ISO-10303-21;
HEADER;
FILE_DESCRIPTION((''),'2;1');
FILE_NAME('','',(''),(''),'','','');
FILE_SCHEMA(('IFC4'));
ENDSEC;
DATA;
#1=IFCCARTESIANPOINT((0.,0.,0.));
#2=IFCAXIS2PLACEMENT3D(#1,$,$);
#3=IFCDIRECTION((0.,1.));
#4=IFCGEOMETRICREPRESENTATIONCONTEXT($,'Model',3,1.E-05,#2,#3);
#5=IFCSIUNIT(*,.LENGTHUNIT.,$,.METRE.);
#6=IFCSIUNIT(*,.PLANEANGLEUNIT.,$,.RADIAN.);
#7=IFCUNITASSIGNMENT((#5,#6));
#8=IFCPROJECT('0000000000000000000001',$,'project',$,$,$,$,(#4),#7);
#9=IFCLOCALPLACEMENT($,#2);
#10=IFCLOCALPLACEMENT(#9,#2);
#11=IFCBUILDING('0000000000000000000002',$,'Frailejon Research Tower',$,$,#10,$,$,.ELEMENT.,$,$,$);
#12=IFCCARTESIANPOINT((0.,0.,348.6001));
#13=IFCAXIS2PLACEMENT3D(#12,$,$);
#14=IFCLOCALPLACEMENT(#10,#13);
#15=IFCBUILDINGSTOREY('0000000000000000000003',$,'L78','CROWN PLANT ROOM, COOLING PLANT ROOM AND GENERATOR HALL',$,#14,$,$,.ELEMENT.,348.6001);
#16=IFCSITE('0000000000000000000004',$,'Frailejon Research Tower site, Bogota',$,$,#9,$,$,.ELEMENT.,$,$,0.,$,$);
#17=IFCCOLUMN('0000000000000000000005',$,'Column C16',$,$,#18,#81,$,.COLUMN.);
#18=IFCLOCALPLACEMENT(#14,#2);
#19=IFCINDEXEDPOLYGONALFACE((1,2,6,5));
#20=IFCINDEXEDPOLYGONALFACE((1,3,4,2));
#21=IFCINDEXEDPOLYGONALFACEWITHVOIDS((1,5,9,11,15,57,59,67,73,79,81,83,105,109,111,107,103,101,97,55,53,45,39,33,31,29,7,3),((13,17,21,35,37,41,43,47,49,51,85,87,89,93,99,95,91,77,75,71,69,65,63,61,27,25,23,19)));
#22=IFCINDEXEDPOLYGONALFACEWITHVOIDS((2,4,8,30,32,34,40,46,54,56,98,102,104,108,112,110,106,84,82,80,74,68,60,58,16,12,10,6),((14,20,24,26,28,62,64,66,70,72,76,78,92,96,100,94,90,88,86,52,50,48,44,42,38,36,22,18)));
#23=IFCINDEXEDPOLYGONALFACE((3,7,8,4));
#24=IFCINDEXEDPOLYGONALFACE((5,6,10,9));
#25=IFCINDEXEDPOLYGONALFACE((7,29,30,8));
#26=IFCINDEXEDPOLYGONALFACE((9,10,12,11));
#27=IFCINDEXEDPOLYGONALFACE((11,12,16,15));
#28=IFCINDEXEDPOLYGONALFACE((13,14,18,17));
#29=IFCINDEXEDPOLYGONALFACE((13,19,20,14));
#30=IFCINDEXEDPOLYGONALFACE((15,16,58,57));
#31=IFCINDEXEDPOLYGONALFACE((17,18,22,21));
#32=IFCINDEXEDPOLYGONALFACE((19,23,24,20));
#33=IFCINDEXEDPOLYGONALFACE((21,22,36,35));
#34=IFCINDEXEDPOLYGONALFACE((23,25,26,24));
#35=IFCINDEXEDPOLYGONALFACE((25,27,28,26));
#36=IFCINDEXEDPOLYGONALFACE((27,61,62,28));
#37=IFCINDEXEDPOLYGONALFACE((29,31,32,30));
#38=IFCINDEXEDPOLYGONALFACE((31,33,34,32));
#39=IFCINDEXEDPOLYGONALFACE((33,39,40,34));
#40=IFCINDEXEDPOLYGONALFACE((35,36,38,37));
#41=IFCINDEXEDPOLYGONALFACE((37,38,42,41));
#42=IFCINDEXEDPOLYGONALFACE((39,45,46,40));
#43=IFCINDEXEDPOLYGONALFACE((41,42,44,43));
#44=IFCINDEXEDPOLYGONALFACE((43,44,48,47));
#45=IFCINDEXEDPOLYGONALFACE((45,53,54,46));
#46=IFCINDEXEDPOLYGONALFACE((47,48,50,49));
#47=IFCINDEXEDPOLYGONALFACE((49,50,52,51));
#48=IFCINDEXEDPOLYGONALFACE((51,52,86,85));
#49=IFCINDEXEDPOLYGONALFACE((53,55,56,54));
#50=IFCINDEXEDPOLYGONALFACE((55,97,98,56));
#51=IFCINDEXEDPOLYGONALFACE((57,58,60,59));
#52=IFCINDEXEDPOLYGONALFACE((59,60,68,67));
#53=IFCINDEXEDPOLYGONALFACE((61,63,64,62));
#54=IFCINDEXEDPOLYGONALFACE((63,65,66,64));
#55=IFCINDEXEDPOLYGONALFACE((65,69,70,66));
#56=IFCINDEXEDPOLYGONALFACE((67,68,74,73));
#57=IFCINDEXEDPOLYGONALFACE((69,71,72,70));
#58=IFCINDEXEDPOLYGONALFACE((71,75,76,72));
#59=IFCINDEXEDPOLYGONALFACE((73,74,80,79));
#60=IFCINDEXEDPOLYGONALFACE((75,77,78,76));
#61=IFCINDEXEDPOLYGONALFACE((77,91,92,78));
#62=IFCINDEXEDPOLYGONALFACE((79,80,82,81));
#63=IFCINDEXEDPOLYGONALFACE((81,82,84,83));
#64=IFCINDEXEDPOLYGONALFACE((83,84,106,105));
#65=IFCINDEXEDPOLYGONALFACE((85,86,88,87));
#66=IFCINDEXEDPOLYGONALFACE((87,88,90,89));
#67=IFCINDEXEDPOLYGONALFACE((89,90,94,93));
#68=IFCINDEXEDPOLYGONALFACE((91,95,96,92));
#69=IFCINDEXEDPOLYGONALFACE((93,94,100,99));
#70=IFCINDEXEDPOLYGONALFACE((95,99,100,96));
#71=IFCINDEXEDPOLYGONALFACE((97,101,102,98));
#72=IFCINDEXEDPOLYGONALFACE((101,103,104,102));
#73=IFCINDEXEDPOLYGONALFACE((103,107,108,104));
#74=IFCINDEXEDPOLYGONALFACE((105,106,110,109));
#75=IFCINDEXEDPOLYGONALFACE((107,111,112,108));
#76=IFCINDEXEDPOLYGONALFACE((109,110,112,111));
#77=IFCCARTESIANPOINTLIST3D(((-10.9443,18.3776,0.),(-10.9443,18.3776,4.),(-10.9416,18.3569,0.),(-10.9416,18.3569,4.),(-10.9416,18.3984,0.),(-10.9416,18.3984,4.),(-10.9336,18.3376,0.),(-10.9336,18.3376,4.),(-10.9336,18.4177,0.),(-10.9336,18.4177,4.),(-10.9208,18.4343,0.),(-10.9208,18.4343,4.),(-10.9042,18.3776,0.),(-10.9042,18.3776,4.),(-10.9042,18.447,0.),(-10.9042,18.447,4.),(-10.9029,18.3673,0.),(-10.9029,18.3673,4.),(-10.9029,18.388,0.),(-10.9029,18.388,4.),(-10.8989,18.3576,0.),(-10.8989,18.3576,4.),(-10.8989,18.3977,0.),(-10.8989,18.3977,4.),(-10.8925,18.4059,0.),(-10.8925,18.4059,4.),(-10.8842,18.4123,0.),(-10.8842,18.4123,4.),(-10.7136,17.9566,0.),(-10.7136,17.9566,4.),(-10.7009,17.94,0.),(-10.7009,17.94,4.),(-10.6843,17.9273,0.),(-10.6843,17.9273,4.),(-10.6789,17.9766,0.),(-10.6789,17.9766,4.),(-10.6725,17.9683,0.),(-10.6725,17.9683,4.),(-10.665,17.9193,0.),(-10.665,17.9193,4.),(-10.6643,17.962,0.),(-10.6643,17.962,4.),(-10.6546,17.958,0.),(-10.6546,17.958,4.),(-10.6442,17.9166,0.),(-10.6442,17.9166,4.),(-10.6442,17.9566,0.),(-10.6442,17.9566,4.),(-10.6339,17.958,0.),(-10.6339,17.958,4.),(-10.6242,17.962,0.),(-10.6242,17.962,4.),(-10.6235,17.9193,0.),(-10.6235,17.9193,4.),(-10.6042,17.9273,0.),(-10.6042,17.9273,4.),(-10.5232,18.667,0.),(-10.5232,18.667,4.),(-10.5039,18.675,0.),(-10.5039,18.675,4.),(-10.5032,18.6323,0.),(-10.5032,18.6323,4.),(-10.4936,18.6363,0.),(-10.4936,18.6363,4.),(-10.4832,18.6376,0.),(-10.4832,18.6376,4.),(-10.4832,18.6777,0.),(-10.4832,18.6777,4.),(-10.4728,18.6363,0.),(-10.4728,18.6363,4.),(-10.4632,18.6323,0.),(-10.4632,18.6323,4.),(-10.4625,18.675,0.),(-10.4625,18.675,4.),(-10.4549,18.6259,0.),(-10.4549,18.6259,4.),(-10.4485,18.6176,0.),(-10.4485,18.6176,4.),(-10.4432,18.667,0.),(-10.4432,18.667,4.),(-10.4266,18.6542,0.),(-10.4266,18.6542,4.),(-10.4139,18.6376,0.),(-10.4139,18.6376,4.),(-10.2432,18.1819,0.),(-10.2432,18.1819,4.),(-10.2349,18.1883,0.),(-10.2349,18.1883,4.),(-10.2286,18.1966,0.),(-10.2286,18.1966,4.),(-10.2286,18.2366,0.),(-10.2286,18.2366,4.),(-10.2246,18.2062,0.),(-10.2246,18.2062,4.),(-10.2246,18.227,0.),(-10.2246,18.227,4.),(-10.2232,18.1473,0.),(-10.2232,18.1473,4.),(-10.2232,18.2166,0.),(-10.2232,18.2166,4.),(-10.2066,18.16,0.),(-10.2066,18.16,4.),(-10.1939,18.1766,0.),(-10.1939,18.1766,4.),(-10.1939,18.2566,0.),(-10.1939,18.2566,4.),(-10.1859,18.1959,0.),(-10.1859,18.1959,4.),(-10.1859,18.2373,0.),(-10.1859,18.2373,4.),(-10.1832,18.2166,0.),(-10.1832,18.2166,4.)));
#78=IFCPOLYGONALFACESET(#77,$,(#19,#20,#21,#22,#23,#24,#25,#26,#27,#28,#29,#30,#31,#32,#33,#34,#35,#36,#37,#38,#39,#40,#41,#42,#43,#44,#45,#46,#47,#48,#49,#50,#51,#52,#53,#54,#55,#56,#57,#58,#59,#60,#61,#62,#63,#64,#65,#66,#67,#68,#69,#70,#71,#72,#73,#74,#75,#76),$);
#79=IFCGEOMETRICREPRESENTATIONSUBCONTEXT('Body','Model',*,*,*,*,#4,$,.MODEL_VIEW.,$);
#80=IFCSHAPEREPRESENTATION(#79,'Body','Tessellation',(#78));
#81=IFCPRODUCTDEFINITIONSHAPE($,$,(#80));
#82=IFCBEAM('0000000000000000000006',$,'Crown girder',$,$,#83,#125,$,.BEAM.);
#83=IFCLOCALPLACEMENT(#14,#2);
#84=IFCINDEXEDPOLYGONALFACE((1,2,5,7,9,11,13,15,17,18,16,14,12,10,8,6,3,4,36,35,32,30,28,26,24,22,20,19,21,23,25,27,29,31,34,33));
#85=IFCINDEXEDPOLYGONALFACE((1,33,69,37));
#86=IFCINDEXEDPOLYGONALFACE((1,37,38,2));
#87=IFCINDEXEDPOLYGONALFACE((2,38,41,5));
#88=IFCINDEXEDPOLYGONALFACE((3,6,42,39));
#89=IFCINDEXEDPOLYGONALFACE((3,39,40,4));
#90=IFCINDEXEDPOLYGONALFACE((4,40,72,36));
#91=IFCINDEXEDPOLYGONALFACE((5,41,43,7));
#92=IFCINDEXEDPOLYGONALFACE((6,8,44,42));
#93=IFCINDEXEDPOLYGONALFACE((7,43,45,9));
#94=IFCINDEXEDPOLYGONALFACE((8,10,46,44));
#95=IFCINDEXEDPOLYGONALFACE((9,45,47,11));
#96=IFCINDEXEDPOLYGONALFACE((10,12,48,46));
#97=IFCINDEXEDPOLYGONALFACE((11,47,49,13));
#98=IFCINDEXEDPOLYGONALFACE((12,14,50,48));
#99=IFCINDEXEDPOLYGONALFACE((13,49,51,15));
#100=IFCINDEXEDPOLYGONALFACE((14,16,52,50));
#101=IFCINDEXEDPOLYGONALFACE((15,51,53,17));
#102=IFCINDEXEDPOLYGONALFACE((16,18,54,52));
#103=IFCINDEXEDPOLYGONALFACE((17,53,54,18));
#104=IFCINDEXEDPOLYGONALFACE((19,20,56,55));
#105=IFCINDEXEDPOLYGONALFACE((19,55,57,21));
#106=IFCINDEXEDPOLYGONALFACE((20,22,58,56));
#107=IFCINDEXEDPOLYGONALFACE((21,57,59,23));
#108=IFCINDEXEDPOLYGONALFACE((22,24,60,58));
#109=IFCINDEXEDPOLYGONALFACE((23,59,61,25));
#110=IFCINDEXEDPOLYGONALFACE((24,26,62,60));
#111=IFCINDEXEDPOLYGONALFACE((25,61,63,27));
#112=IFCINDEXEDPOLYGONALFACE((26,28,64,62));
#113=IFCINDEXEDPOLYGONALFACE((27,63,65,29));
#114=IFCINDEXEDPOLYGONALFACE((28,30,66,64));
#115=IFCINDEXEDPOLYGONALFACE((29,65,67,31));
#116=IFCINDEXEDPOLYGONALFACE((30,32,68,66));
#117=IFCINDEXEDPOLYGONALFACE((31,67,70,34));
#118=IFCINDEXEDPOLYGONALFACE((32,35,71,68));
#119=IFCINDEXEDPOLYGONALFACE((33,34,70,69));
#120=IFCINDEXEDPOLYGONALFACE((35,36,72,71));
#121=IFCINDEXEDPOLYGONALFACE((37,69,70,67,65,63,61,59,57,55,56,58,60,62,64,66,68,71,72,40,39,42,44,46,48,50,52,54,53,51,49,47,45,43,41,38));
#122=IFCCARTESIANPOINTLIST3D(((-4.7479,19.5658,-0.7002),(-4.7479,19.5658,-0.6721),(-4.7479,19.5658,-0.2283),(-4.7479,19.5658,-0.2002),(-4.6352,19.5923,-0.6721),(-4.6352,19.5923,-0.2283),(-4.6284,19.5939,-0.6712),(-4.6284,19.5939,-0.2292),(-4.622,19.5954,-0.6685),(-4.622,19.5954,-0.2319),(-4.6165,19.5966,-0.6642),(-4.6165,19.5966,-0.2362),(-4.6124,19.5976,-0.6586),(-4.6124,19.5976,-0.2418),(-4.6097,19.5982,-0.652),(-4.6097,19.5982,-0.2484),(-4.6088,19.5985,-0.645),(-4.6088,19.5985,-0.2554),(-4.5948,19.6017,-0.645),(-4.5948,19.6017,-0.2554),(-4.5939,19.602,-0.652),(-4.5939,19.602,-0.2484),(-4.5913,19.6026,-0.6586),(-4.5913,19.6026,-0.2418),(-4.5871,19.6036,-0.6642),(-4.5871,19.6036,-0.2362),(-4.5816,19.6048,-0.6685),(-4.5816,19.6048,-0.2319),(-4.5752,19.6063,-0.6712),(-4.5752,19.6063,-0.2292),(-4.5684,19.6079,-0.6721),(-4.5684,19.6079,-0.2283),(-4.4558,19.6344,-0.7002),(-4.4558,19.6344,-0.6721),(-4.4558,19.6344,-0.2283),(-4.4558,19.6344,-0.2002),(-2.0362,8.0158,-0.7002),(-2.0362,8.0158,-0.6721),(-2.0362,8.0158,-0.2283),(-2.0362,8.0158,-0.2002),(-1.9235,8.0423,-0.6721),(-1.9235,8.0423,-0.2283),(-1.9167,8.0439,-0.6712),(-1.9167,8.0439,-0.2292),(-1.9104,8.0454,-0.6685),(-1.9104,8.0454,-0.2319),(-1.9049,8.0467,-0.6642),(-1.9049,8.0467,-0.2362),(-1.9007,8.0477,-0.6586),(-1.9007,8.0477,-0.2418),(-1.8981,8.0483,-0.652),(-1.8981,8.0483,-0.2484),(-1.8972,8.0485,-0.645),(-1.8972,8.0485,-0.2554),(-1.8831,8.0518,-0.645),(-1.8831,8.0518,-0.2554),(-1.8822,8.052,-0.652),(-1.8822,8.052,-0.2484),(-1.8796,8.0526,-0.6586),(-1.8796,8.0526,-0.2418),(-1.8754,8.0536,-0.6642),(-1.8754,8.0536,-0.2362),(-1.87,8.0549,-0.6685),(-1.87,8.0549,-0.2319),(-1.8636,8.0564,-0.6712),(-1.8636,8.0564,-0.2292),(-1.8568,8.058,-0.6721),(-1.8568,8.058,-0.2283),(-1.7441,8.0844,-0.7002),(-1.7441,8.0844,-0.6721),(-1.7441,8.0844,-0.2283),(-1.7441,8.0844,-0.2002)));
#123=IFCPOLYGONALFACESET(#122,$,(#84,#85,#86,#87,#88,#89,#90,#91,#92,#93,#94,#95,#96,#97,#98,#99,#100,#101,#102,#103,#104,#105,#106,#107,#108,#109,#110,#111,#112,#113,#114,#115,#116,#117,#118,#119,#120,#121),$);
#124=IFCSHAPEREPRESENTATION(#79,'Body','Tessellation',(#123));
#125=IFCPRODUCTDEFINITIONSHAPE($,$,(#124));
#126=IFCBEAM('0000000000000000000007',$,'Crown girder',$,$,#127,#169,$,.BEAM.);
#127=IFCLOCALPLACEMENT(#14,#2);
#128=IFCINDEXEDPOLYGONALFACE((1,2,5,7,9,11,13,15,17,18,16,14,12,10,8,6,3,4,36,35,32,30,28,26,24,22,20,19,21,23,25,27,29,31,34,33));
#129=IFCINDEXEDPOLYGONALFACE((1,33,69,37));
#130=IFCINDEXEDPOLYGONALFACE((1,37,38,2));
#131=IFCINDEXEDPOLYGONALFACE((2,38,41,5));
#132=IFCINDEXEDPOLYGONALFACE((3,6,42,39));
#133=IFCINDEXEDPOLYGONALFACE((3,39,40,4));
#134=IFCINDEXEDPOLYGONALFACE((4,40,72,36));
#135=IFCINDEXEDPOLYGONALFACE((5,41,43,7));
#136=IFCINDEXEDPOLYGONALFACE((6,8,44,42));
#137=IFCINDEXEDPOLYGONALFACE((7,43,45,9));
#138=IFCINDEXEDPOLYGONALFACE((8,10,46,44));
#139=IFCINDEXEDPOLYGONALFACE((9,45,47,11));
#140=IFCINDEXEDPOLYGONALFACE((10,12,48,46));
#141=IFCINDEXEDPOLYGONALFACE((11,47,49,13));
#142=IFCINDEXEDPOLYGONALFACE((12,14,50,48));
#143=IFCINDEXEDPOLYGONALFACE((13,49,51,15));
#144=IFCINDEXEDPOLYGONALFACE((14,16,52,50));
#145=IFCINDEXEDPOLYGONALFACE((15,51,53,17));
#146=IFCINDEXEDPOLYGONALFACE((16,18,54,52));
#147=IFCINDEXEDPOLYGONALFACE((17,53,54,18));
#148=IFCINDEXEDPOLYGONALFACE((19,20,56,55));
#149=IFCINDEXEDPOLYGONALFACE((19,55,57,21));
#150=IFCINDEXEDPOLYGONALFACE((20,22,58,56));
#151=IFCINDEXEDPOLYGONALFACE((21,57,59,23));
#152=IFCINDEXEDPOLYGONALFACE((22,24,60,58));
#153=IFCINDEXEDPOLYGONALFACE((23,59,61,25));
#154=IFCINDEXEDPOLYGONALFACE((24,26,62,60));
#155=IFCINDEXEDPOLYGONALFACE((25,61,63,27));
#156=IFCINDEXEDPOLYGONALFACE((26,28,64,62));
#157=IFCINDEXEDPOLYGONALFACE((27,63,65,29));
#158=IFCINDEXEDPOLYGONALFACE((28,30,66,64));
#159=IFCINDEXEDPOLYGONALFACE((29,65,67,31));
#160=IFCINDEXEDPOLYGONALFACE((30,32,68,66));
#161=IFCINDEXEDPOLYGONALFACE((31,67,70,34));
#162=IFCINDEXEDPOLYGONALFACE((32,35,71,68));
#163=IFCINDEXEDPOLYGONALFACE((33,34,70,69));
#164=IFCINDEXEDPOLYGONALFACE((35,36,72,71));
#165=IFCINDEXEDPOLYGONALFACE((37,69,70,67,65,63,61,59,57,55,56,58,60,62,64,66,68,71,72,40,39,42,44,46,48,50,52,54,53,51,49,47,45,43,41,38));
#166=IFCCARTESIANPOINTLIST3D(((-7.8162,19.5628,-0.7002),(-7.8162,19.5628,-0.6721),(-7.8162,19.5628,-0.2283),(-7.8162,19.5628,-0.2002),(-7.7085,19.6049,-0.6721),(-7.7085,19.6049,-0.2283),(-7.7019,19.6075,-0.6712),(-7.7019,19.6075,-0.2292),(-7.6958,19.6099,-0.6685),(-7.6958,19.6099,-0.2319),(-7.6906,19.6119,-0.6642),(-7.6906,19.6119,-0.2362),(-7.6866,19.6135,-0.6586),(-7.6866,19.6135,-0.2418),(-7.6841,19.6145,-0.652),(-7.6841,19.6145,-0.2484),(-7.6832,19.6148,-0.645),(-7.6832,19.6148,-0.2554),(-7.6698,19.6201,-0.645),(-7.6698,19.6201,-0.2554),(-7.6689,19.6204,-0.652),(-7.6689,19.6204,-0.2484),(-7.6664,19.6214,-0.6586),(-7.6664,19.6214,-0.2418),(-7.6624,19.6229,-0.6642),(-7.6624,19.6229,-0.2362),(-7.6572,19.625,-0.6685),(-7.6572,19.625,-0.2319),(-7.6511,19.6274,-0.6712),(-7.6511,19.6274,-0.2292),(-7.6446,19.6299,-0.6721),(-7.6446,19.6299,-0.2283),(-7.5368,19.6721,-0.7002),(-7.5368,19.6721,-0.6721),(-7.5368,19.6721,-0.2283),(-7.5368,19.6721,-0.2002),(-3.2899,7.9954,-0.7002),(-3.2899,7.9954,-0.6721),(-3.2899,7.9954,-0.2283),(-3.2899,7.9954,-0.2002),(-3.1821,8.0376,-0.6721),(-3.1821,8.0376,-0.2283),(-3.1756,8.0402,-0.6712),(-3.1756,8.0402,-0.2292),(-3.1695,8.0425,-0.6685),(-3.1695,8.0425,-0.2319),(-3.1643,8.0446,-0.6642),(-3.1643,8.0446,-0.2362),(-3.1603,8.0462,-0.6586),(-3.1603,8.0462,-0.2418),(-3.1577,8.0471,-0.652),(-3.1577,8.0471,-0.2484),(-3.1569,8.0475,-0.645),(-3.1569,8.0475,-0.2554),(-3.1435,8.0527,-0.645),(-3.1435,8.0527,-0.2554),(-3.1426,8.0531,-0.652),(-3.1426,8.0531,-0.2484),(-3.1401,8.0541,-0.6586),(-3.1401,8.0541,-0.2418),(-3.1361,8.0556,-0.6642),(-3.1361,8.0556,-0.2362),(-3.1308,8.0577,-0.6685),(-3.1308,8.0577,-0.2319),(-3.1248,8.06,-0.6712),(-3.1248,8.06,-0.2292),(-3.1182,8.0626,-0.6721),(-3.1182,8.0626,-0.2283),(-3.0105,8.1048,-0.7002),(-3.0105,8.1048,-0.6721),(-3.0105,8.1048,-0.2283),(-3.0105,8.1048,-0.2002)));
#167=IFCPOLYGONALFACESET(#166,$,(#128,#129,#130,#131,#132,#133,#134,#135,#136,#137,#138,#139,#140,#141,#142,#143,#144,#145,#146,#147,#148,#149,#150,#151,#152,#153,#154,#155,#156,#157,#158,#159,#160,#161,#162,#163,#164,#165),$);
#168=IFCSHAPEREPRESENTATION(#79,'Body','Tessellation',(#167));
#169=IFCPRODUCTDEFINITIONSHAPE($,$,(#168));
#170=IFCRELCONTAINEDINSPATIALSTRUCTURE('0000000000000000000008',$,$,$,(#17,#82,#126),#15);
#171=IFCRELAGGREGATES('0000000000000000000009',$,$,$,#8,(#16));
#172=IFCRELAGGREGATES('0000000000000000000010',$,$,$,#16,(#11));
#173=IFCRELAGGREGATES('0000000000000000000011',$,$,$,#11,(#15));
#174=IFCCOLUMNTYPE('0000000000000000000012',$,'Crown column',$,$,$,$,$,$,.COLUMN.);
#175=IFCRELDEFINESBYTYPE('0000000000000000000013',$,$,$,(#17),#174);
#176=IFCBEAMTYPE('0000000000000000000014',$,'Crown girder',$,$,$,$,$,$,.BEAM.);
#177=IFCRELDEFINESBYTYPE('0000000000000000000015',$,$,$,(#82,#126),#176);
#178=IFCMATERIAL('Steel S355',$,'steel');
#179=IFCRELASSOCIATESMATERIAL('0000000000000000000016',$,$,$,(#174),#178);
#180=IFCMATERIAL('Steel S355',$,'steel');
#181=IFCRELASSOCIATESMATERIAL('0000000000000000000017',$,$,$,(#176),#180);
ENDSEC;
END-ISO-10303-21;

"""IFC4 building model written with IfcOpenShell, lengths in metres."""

from ifc_helpers import new_model, si_unit, direction, frame, origin, origin_2d, place, context, subcontext, project, spatial, hollow_rectangle, i_section, extrude, material, material_profile, profile_set, type_object, element, save


model = new_model("IFC4")

# Units and contexts
model_context = context("Model", 3, precision=1e-05, world=origin(), true_north=direction((0.0, 1.0)))
body_context = subcontext(model_context, "Body", "Model", "MODEL_VIEW")
ifc_project = project(units=[si_unit("LENGTHUNIT", "METRE"), si_unit("PLANEANGLEUNIT", "RADIAN")], contexts=[model_context])

# Site, building, storey
site_placement = place(None, origin())
site = spatial("IfcSite", under=ifc_project, at=site_placement, Name="Frailejon Research Tower site, Bogota", CompositionType="ELEMENT", RefElevation=0.0)
building_placement = place(site_placement, origin())
building = spatial("IfcBuilding", under=site, at=building_placement, Name="Frailejon Research Tower", CompositionType="ELEMENT")
storey_placement = place(building_placement, frame((0.0, 0.0, 348.6001)))
storey = spatial("IfcBuildingStorey", under=building, at=storey_placement, Name="L78", Description="CROWN PLANT ROOM, COOLING PLANT ROOM AND GENERATOR HALL", CompositionType="ELEMENT", Elevation=348.6001)

# Column
ifc_material_1 = material(Name="Steel S355", Category="steel")
ifc_material_profile_1 = material_profile(ifc_material_1, hollow_rectangle(XDim=0.6001, YDim=0.6001, WallThickness=0.04, InnerFilletRadius=0.04, OuterFilletRadius=0.0801, at=origin_2d()), Name="Crown column")
ifc_profile_set_1 = profile_set([ifc_material_profile_1], Name="Steel S355")
column_type = type_object("IfcColumnType", Name="Crown column", PredefinedType="COLUMN", material=ifc_profile_set_1)
for number, where, z_axis, x_axis, name in (
    (1, (-10.5637, 18.2971, 0.0), (0.0, 0.0, 1.0), (-0.866025, -0.5, 0.0), "Column C16"),
):
    element("IfcColumn", number, at=place(storey_placement, frame(where, z_axis=z_axis, x_axis=x_axis)), inside=storey, type_object=column_type, Name=name, PredefinedType="COLUMN", context=body_context, shape_type="SweptSolid", body=[
        extrude(hollow_rectangle(XDim=0.6001, YDim=0.6001, WallThickness=0.04, InnerFilletRadius=0.04, OuterFilletRadius=0.0801, at=origin_2d()), origin(), (0.0, 0.0, 1.0), 4.0),
    ])

# Beams
ifc_material_2 = material(Name="Steel S355", Category="steel")
ifc_material_profile_2 = material_profile(ifc_material_2, i_section(OverallWidth=0.3, OverallDepth=0.5, WebThickness=0.0144, FlangeThickness=0.0281, FilletRadius=0.0271, at=origin_2d()), Name="HE 500 B")
ifc_profile_set_2 = profile_set([ifc_material_profile_2], Name="Steel S355")
beam_type_1 = type_object("IfcBeamType", Name="Crown girder", PredefinedType="BEAM", material=ifc_profile_set_2)
beam_1_placement = place(storey_placement, frame((-4.6018, 19.6001, -0.4502), z_axis=(0.228561, -0.97353, 0.0), x_axis=(0.97353, 0.228561, 0.0)))
element("IfcBeam", 2, at=beam_1_placement, inside=storey, type_object=beam_type_1, Name="Crown girder", PredefinedType="BEAM", context=body_context, shape_type="SweptSolid", body=[
    extrude(i_section(OverallWidth=0.3, OverallDepth=0.5, WebThickness=0.0144, FlangeThickness=0.0281, FilletRadius=0.0271, at=origin_2d()), origin(), (0.0, 0.0, 1.0), 11.864),
])
beam_2_placement = place(storey_placement, frame((-7.6765, 19.6174, -0.4502), z_axis=(0.364399, -0.931243, 0.0), x_axis=(0.931243, 0.364399, 0.0)))
element("IfcBeam", 3, at=beam_2_placement, inside=storey, type_object=beam_type_1, Name="Crown girder", PredefinedType="BEAM", context=body_context, shape_type="SweptSolid", body=[
    extrude(i_section(OverallWidth=0.3, OverallDepth=0.5, WebThickness=0.0144, FlangeThickness=0.0281, FilletRadius=0.0271, at=origin_2d()), origin(), (0.0, 0.0, 1.0), 12.4214),
])

save(model, "model.ifc")
